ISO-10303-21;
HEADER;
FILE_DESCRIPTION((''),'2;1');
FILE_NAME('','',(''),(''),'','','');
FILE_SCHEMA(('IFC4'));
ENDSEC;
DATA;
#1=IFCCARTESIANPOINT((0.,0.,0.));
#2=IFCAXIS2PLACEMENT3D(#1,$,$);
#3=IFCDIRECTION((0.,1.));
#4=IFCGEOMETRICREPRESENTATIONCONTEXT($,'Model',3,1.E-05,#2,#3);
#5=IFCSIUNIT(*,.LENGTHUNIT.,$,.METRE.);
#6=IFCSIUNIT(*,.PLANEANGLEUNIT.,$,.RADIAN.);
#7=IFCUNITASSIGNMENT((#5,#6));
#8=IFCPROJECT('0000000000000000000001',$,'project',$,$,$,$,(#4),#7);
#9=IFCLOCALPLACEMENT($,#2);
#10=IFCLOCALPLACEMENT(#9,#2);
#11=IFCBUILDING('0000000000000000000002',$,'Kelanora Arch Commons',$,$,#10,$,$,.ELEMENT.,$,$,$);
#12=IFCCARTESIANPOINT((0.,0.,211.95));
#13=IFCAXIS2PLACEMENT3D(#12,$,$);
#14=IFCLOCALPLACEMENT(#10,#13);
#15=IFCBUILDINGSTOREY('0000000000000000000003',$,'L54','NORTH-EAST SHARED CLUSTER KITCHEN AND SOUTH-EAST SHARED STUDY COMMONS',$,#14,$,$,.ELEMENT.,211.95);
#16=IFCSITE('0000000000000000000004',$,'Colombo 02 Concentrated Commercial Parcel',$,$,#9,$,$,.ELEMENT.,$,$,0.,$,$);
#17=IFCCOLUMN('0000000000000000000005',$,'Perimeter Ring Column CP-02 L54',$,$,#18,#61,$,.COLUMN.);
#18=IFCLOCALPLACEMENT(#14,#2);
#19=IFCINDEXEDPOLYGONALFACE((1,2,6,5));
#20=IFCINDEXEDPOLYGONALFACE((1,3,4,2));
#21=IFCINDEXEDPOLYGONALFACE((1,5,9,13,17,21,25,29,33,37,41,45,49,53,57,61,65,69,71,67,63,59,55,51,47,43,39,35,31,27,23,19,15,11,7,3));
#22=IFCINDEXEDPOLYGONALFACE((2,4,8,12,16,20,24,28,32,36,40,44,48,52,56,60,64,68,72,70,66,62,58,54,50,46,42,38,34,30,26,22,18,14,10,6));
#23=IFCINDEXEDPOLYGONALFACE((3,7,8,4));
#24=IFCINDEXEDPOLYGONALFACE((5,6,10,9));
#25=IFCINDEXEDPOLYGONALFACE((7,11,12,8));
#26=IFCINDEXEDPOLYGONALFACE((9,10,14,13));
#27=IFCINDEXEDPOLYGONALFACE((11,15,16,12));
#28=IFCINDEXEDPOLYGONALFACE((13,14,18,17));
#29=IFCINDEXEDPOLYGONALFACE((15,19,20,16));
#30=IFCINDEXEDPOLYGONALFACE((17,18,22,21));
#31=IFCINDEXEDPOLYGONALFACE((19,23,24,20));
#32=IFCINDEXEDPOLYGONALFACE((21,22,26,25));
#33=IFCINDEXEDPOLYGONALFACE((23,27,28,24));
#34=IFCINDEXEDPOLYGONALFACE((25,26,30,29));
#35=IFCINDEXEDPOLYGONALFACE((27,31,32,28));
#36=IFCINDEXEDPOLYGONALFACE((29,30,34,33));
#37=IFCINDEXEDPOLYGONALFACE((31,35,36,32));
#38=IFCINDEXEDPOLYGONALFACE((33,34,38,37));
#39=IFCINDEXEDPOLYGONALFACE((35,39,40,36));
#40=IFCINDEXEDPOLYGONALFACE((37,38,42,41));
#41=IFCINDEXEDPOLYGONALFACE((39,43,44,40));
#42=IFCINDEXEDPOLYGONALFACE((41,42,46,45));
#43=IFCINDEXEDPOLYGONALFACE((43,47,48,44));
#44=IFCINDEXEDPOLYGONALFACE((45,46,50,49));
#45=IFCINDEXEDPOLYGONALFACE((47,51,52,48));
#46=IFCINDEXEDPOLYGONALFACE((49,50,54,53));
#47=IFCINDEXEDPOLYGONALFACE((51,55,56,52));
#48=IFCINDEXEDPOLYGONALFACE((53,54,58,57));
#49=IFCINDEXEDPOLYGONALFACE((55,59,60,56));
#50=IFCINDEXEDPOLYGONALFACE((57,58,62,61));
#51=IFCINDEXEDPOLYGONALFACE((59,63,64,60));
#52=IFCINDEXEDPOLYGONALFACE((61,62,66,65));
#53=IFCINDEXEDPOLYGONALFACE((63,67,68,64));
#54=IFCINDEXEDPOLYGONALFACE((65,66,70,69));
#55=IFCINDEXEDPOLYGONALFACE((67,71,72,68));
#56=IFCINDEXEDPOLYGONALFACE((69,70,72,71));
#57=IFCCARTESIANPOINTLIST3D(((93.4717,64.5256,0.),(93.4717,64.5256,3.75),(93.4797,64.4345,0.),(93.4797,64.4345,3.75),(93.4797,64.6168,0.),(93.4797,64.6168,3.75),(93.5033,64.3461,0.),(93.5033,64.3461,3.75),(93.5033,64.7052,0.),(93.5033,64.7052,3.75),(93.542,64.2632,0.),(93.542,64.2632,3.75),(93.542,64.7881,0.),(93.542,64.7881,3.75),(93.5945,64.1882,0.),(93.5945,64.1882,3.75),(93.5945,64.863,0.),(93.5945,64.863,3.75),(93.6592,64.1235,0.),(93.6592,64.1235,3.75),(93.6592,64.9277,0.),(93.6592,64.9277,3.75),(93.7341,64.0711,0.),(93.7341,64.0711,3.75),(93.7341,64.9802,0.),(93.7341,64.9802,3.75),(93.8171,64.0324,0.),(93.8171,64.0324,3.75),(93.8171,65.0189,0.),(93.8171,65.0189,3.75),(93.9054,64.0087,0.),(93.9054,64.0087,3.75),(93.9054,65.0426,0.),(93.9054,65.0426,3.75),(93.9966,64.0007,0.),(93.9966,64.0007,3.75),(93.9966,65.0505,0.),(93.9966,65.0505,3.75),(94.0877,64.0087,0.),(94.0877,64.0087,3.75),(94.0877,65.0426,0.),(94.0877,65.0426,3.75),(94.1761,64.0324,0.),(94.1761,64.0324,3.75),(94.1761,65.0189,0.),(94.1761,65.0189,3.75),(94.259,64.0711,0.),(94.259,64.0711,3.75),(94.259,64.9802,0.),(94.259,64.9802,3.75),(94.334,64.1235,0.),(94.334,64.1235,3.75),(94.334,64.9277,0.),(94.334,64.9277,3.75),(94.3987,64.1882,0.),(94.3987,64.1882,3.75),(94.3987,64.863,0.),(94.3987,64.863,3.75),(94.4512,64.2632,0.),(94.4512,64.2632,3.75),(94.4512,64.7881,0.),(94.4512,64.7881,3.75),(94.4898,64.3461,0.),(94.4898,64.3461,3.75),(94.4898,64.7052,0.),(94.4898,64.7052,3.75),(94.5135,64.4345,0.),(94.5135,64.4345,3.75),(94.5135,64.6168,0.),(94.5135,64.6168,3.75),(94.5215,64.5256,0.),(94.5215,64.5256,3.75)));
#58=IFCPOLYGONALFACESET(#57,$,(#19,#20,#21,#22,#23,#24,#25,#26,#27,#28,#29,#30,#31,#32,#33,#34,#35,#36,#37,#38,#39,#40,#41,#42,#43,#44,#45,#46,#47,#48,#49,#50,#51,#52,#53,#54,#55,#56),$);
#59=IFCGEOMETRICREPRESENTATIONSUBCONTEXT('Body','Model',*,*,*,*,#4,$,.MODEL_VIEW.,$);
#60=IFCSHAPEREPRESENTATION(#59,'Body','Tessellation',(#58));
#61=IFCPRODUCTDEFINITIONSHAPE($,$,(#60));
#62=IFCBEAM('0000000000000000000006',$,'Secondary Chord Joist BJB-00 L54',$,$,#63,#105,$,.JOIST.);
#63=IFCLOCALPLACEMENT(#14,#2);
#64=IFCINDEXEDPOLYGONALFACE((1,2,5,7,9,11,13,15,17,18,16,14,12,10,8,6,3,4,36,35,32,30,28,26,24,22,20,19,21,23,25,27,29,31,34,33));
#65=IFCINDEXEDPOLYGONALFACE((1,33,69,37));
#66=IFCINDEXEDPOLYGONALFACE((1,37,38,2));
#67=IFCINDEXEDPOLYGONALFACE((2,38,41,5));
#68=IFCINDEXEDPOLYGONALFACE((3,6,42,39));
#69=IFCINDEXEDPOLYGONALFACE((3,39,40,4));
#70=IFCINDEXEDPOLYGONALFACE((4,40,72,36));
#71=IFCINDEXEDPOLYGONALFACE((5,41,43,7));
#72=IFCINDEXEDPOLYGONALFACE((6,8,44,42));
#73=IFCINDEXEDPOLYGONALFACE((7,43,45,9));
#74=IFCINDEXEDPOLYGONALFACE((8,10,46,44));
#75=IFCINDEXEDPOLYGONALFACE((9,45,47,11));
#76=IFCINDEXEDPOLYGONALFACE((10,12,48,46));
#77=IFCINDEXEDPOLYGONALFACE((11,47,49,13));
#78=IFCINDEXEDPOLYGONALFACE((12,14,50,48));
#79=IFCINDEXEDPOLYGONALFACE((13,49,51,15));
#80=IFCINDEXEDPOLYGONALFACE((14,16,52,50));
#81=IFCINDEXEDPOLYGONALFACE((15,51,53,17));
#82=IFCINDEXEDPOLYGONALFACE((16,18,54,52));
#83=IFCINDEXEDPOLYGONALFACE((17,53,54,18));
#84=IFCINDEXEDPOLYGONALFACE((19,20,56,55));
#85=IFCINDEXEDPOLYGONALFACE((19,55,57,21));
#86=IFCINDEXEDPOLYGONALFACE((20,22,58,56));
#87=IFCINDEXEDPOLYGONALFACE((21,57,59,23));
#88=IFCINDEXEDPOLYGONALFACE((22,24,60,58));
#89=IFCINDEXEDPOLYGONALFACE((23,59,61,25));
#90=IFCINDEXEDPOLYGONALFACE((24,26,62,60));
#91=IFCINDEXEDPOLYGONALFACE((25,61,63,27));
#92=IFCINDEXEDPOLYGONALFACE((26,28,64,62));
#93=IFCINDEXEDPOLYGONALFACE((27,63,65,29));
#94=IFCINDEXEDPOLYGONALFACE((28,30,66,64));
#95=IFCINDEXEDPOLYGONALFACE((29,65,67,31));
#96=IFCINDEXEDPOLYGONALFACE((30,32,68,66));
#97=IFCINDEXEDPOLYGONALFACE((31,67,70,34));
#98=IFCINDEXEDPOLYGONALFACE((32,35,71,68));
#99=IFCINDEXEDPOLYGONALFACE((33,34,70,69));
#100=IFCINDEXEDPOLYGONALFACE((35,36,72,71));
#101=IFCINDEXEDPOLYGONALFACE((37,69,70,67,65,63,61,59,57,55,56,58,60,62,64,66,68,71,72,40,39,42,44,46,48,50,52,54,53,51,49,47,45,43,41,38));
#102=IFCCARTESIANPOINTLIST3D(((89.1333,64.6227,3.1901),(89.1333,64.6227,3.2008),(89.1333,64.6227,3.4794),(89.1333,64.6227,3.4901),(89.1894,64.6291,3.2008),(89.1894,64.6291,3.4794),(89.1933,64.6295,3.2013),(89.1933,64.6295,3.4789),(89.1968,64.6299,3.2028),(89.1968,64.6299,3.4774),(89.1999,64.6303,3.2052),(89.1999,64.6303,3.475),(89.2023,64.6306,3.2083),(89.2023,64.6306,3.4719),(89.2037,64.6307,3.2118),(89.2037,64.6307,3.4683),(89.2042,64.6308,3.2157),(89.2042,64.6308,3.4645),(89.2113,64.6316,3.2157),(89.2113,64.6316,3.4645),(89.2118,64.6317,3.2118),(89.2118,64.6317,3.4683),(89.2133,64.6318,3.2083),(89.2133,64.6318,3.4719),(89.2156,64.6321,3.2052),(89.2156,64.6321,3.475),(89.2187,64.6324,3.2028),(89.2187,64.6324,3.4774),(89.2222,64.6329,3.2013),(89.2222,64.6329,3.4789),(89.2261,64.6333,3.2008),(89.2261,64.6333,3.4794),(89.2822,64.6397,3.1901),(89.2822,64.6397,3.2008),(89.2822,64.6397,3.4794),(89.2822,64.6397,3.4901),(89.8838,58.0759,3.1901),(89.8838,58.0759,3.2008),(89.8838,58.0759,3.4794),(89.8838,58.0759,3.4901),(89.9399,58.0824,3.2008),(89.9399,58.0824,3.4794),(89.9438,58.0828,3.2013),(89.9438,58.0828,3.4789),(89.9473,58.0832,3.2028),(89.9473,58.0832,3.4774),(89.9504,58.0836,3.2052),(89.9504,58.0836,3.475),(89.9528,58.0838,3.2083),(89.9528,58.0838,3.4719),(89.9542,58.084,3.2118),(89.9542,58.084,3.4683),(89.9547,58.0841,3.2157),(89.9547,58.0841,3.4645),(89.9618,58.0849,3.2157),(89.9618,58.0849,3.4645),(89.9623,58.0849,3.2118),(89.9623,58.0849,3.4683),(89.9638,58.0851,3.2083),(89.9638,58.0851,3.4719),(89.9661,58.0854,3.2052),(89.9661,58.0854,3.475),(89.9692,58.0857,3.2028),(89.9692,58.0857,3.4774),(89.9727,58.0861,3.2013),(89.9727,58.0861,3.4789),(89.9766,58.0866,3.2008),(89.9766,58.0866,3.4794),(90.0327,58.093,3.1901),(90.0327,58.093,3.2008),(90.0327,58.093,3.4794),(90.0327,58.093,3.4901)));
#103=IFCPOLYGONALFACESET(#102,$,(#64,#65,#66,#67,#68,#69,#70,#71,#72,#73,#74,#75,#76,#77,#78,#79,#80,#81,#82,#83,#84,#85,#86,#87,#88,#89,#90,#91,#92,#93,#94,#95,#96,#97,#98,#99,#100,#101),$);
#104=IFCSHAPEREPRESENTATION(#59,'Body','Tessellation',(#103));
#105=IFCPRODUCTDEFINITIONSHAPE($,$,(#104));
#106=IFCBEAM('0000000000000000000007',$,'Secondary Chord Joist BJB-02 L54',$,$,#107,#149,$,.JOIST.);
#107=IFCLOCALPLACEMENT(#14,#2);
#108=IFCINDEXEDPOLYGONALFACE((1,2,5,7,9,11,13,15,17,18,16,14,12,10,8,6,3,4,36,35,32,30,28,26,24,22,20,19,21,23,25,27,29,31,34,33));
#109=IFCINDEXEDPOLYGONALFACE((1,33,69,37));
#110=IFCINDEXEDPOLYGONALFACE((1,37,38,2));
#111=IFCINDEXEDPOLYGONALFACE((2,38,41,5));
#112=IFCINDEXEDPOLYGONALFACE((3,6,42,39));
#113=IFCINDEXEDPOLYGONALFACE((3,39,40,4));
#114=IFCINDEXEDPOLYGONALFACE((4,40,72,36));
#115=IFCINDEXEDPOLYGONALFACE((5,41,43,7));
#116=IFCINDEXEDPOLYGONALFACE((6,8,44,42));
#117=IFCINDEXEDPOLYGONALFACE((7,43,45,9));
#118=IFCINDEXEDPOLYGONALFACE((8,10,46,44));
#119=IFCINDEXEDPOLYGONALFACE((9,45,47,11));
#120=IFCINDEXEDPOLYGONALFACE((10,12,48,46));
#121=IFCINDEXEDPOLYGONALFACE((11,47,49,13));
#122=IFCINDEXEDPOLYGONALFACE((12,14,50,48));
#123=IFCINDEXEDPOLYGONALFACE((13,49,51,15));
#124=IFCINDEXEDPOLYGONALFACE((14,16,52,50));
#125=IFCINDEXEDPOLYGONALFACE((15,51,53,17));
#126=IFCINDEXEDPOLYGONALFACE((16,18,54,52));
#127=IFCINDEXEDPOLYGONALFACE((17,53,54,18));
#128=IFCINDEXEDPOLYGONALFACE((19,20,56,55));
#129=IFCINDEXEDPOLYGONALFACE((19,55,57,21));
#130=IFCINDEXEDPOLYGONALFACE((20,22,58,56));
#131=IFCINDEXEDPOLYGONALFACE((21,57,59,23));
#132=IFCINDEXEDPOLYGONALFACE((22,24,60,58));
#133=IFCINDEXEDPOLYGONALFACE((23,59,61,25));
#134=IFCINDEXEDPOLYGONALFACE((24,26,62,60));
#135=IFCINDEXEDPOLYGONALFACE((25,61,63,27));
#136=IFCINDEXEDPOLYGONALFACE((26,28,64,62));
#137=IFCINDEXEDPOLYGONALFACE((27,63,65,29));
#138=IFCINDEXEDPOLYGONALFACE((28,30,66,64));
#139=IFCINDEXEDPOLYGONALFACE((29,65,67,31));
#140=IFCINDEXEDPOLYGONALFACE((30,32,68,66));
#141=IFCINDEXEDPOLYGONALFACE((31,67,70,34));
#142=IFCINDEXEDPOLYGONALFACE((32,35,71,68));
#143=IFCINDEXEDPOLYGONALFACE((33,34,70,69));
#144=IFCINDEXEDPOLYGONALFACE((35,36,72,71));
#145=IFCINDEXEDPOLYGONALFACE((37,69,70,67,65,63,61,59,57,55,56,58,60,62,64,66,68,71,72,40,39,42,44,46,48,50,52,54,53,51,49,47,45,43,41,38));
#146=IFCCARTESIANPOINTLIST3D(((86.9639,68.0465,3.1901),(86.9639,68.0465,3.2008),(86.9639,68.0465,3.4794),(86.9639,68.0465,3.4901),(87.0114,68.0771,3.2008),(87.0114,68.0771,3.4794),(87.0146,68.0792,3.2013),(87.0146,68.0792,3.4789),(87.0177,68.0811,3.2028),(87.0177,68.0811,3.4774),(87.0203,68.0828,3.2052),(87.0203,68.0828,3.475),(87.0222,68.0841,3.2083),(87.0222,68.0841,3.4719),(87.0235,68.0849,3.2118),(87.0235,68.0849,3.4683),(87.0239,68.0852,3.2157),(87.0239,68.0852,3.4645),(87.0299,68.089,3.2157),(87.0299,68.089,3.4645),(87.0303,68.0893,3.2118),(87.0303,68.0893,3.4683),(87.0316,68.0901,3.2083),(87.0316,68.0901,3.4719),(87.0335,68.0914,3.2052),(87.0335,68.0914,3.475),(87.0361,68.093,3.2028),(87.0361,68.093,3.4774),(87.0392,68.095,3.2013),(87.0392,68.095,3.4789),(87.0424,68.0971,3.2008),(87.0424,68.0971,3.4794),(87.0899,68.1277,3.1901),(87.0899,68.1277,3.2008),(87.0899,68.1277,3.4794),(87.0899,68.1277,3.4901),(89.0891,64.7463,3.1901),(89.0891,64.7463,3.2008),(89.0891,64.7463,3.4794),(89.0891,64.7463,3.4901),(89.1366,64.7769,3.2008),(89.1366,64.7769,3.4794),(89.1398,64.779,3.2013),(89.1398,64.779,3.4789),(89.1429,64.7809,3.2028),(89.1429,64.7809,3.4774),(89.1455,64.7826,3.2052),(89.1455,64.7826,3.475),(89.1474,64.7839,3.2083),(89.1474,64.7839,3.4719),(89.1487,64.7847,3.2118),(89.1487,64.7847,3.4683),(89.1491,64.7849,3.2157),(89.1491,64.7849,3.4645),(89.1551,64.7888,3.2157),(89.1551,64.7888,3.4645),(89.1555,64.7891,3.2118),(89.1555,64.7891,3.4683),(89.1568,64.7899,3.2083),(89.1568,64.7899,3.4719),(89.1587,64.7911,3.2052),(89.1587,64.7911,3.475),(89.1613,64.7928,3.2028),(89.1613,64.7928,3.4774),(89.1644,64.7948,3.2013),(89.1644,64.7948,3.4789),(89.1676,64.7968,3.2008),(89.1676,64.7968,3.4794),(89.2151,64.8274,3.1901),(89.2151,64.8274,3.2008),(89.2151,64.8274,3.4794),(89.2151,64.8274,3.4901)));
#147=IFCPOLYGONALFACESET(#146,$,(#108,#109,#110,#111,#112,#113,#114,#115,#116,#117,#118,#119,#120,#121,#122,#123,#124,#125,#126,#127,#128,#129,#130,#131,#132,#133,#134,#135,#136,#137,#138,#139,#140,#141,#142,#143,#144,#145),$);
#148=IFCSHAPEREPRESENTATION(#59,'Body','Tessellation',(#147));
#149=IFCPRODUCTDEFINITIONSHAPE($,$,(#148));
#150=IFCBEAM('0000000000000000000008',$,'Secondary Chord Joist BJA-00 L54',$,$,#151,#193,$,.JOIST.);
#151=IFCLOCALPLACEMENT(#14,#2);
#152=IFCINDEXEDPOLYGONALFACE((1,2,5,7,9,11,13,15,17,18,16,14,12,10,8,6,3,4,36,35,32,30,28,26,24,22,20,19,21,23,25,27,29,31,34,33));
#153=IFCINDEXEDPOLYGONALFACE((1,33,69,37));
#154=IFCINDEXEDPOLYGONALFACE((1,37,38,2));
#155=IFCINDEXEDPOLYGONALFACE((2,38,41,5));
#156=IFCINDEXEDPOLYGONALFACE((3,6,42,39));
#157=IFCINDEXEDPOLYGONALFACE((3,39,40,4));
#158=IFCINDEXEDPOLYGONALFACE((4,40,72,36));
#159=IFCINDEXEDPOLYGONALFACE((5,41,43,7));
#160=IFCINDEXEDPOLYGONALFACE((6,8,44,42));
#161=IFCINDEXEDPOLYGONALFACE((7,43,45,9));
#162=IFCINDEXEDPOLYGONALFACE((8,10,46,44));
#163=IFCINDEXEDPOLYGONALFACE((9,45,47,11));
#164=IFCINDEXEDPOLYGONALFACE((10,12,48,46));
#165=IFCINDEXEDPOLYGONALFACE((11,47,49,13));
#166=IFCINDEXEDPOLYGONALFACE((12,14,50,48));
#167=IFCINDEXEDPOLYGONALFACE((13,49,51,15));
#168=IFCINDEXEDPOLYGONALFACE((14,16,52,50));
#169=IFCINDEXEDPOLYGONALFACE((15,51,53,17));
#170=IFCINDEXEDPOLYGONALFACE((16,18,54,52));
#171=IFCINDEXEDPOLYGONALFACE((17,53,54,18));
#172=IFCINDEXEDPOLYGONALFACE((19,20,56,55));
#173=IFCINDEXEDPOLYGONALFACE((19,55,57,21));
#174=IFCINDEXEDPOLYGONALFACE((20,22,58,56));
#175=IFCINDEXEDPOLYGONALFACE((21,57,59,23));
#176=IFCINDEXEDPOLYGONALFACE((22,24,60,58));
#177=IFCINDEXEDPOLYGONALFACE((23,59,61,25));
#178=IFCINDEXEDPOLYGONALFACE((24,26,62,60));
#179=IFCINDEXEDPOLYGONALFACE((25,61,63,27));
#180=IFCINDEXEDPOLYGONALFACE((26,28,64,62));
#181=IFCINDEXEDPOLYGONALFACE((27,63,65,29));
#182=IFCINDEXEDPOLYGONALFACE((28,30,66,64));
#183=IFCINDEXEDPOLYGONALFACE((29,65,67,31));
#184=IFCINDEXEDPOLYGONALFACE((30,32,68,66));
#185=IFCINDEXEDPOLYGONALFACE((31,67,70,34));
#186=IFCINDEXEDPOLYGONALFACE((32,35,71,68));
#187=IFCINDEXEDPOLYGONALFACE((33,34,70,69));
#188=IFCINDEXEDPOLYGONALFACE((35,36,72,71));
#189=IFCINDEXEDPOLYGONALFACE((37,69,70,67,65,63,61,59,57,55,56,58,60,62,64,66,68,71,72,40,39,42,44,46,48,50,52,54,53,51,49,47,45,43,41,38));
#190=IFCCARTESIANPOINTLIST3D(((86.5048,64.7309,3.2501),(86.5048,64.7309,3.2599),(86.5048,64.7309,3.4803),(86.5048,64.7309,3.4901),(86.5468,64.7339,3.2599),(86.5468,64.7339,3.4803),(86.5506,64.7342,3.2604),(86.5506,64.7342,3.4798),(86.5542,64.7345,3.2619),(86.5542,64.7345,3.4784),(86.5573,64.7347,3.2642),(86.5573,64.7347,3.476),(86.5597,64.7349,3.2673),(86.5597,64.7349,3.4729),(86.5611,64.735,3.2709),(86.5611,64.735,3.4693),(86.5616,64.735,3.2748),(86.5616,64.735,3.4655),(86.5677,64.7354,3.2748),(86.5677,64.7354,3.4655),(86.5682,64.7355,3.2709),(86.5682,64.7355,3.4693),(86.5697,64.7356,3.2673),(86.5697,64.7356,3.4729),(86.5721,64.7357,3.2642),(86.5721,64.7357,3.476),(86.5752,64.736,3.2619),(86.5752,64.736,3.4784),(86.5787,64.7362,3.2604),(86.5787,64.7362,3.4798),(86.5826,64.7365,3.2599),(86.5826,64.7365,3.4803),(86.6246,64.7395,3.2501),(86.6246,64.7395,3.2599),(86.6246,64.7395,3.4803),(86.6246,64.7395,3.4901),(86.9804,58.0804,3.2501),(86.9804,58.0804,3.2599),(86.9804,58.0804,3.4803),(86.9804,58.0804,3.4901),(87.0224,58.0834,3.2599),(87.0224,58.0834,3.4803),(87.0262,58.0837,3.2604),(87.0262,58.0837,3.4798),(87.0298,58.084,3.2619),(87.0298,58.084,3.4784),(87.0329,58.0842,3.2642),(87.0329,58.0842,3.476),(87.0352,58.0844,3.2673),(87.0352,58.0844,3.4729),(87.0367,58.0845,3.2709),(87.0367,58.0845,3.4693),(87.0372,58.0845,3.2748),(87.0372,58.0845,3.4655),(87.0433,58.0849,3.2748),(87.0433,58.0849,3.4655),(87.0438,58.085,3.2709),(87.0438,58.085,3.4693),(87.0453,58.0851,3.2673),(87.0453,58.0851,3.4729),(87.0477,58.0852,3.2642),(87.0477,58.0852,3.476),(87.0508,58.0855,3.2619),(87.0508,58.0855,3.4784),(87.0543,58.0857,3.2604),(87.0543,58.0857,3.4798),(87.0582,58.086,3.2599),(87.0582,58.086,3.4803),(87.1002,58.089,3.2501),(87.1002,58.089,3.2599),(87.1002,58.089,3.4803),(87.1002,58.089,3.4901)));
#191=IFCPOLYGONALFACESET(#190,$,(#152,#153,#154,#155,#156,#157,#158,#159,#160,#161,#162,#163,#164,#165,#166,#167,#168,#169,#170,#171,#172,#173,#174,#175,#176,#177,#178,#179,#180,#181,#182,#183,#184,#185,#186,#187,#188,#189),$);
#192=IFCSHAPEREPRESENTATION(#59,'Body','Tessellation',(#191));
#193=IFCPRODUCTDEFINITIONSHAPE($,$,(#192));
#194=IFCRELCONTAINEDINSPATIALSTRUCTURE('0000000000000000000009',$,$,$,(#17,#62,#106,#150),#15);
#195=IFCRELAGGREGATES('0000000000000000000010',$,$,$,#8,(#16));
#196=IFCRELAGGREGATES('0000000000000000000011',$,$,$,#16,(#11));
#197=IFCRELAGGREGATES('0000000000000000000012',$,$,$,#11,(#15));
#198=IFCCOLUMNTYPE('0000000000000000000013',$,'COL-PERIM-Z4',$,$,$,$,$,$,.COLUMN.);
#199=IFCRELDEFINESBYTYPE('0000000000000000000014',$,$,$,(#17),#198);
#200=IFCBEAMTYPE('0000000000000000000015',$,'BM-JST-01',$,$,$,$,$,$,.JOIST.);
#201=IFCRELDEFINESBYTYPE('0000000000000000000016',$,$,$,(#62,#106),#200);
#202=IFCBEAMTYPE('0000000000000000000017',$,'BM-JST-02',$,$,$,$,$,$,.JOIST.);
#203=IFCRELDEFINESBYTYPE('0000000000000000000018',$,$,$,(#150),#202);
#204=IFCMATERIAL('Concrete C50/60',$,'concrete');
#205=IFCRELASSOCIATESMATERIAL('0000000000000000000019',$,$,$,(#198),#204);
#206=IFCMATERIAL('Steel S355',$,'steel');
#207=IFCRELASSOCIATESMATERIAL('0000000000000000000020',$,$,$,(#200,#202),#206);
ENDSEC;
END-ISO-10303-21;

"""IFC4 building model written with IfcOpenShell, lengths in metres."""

from ifc_helpers import new_model, si_unit, direction, frame, origin, origin_2d, place, context, subcontext, project, spatial, circle, i_section, extrude, material, material_profile, profile_set, type_object, element, save


model = new_model("IFC4")

# Units and contexts
model_context = context("Model", 3, precision=1e-05, world=origin(), true_north=direction((0.0, 1.0)))
body_context = subcontext(model_context, "Body", "Model", "MODEL_VIEW")
ifc_project = project(units=[si_unit("LENGTHUNIT", "METRE"), si_unit("PLANEANGLEUNIT", "RADIAN")], contexts=[model_context])

# Site, building, storey
site_placement = place(None, origin())
site = spatial("IfcSite", under=ifc_project, at=site_placement, Name="Colombo 02 Concentrated Commercial Parcel", CompositionType="ELEMENT", RefElevation=0.0)
building_placement = place(site_placement, origin())
building = spatial("IfcBuilding", under=site, at=building_placement, Name="Kelanora Arch Commons", CompositionType="ELEMENT")
storey_placement = place(building_placement, frame((0.0, 0.0, 211.95)))
storey = spatial("IfcBuildingStorey", under=building, at=storey_placement, Name="L54", Description="NORTH-EAST SHARED CLUSTER KITCHEN AND SOUTH-EAST SHARED STUDY COMMONS", CompositionType="ELEMENT", Elevation=211.95)

# Column
ifc_material_1 = material(Name="Concrete C50/60", Category="concrete")
ifc_material_profile_1 = material_profile(ifc_material_1, circle(Radius=0.5249, at=origin_2d()), Name="RCC1050")
ifc_profile_set_1 = profile_set([ifc_material_profile_1], Name="Concrete C50/60")
column_type = type_object("IfcColumnType", Name="COL-PERIM-Z4", PredefinedType="COLUMN", material=ifc_profile_set_1)
column_placement = place(storey_placement, frame((93.9966, 64.5256, 0.0), z_axis=(0.0, 0.0, 1.0), x_axis=(1.0, 0.0, 0.0)))
element("IfcColumn", 1, at=column_placement, inside=storey, type_object=column_type, Name="Perimeter Ring Column CP-02 L54", PredefinedType="COLUMN", context=body_context, shape_type="SweptSolid", body=[
    extrude(circle(Radius=0.5249, at=origin_2d()), origin(), (0.0, 0.0, 1.0), 3.75),
])

# Beams
ifc_material_2 = material(Name="Steel S355", Category="steel")
ifc_material_profile_2 = material_profile(ifc_material_2, i_section(OverallWidth=0.1499, OverallDepth=0.3, WebThickness=0.0071, FlangeThickness=0.0107, FilletRadius=0.0149, at=origin_2d()), Name="IPE300")
ifc_profile_set_2 = profile_set([ifc_material_profile_2], Name="Steel S355")
beam_type_1 = type_object("IfcBeamType", Name="BM-JST-01", PredefinedType="JOIST", material=ifc_profile_set_2)
beam_1_placement = place(storey_placement, frame((89.9583, 58.0845, 3.3401), z_axis=(-0.113891, 0.993493, 0.0), x_axis=(-0.993493, -0.113891, 0.0)))
element("IfcBeam", 2, at=beam_1_placement, inside=storey, type_object=beam_type_1, Name="Secondary Chord Joist BJB-00 L54", PredefinedType="JOIST", context=body_context, shape_type="SweptSolid", body=[
    extrude(i_section(OverallWidth=0.1499, OverallDepth=0.3, WebThickness=0.0071, FlangeThickness=0.0107, FilletRadius=0.0149, at=origin_2d()), origin(), (0.0, 0.0, 1.0), 6.5896),
])
beam_2_placement = place(storey_placement, frame((89.1521, 64.7869, 3.3401), z_axis=(-0.541411, 0.840758, 0.0), x_axis=(-0.840758, -0.541411, 0.0)))
element("IfcBeam", 3, at=beam_2_placement, inside=storey, type_object=beam_type_1, Name="Secondary Chord Joist BJB-02 L54", PredefinedType="JOIST", context=body_context, shape_type="SweptSolid", body=[
    extrude(i_section(OverallWidth=0.1499, OverallDepth=0.3, WebThickness=0.0071, FlangeThickness=0.0107, FilletRadius=0.0149, at=origin_2d()), origin(), (0.0, 0.0, 1.0), 3.9253),
])
ifc_material_profile_3 = material_profile(ifc_material_2, i_section(OverallWidth=0.1201, OverallDepth=0.24, WebThickness=0.0061, FlangeThickness=0.0098, FilletRadius=0.0149, at=origin_2d()), Name="IPE240")
ifc_profile_set_3 = profile_set([ifc_material_profile_3], Name="Steel S355")
beam_type_2 = type_object("IfcBeamType", Name="BM-JST-02", PredefinedType="JOIST", material=ifc_profile_set_3)
beam_3_placement = place(storey_placement, frame((87.0403, 58.0847, 3.3701), z_axis=(-0.07133, 0.997453, 0.0), x_axis=(-0.997453, -0.07133, 0.0)))
element("IfcBeam", 4, at=beam_3_placement, inside=storey, type_object=beam_type_2, Name="Secondary Chord Joist BJA-00 L54", PredefinedType="JOIST", context=body_context, shape_type="SweptSolid", body=[
    extrude(i_section(OverallWidth=0.1201, OverallDepth=0.24, WebThickness=0.0061, FlangeThickness=0.0098, FilletRadius=0.0149, at=origin_2d()), origin(), (0.0, 0.0, 1.0), 6.6675),
])

save(model, "model.ifc")
